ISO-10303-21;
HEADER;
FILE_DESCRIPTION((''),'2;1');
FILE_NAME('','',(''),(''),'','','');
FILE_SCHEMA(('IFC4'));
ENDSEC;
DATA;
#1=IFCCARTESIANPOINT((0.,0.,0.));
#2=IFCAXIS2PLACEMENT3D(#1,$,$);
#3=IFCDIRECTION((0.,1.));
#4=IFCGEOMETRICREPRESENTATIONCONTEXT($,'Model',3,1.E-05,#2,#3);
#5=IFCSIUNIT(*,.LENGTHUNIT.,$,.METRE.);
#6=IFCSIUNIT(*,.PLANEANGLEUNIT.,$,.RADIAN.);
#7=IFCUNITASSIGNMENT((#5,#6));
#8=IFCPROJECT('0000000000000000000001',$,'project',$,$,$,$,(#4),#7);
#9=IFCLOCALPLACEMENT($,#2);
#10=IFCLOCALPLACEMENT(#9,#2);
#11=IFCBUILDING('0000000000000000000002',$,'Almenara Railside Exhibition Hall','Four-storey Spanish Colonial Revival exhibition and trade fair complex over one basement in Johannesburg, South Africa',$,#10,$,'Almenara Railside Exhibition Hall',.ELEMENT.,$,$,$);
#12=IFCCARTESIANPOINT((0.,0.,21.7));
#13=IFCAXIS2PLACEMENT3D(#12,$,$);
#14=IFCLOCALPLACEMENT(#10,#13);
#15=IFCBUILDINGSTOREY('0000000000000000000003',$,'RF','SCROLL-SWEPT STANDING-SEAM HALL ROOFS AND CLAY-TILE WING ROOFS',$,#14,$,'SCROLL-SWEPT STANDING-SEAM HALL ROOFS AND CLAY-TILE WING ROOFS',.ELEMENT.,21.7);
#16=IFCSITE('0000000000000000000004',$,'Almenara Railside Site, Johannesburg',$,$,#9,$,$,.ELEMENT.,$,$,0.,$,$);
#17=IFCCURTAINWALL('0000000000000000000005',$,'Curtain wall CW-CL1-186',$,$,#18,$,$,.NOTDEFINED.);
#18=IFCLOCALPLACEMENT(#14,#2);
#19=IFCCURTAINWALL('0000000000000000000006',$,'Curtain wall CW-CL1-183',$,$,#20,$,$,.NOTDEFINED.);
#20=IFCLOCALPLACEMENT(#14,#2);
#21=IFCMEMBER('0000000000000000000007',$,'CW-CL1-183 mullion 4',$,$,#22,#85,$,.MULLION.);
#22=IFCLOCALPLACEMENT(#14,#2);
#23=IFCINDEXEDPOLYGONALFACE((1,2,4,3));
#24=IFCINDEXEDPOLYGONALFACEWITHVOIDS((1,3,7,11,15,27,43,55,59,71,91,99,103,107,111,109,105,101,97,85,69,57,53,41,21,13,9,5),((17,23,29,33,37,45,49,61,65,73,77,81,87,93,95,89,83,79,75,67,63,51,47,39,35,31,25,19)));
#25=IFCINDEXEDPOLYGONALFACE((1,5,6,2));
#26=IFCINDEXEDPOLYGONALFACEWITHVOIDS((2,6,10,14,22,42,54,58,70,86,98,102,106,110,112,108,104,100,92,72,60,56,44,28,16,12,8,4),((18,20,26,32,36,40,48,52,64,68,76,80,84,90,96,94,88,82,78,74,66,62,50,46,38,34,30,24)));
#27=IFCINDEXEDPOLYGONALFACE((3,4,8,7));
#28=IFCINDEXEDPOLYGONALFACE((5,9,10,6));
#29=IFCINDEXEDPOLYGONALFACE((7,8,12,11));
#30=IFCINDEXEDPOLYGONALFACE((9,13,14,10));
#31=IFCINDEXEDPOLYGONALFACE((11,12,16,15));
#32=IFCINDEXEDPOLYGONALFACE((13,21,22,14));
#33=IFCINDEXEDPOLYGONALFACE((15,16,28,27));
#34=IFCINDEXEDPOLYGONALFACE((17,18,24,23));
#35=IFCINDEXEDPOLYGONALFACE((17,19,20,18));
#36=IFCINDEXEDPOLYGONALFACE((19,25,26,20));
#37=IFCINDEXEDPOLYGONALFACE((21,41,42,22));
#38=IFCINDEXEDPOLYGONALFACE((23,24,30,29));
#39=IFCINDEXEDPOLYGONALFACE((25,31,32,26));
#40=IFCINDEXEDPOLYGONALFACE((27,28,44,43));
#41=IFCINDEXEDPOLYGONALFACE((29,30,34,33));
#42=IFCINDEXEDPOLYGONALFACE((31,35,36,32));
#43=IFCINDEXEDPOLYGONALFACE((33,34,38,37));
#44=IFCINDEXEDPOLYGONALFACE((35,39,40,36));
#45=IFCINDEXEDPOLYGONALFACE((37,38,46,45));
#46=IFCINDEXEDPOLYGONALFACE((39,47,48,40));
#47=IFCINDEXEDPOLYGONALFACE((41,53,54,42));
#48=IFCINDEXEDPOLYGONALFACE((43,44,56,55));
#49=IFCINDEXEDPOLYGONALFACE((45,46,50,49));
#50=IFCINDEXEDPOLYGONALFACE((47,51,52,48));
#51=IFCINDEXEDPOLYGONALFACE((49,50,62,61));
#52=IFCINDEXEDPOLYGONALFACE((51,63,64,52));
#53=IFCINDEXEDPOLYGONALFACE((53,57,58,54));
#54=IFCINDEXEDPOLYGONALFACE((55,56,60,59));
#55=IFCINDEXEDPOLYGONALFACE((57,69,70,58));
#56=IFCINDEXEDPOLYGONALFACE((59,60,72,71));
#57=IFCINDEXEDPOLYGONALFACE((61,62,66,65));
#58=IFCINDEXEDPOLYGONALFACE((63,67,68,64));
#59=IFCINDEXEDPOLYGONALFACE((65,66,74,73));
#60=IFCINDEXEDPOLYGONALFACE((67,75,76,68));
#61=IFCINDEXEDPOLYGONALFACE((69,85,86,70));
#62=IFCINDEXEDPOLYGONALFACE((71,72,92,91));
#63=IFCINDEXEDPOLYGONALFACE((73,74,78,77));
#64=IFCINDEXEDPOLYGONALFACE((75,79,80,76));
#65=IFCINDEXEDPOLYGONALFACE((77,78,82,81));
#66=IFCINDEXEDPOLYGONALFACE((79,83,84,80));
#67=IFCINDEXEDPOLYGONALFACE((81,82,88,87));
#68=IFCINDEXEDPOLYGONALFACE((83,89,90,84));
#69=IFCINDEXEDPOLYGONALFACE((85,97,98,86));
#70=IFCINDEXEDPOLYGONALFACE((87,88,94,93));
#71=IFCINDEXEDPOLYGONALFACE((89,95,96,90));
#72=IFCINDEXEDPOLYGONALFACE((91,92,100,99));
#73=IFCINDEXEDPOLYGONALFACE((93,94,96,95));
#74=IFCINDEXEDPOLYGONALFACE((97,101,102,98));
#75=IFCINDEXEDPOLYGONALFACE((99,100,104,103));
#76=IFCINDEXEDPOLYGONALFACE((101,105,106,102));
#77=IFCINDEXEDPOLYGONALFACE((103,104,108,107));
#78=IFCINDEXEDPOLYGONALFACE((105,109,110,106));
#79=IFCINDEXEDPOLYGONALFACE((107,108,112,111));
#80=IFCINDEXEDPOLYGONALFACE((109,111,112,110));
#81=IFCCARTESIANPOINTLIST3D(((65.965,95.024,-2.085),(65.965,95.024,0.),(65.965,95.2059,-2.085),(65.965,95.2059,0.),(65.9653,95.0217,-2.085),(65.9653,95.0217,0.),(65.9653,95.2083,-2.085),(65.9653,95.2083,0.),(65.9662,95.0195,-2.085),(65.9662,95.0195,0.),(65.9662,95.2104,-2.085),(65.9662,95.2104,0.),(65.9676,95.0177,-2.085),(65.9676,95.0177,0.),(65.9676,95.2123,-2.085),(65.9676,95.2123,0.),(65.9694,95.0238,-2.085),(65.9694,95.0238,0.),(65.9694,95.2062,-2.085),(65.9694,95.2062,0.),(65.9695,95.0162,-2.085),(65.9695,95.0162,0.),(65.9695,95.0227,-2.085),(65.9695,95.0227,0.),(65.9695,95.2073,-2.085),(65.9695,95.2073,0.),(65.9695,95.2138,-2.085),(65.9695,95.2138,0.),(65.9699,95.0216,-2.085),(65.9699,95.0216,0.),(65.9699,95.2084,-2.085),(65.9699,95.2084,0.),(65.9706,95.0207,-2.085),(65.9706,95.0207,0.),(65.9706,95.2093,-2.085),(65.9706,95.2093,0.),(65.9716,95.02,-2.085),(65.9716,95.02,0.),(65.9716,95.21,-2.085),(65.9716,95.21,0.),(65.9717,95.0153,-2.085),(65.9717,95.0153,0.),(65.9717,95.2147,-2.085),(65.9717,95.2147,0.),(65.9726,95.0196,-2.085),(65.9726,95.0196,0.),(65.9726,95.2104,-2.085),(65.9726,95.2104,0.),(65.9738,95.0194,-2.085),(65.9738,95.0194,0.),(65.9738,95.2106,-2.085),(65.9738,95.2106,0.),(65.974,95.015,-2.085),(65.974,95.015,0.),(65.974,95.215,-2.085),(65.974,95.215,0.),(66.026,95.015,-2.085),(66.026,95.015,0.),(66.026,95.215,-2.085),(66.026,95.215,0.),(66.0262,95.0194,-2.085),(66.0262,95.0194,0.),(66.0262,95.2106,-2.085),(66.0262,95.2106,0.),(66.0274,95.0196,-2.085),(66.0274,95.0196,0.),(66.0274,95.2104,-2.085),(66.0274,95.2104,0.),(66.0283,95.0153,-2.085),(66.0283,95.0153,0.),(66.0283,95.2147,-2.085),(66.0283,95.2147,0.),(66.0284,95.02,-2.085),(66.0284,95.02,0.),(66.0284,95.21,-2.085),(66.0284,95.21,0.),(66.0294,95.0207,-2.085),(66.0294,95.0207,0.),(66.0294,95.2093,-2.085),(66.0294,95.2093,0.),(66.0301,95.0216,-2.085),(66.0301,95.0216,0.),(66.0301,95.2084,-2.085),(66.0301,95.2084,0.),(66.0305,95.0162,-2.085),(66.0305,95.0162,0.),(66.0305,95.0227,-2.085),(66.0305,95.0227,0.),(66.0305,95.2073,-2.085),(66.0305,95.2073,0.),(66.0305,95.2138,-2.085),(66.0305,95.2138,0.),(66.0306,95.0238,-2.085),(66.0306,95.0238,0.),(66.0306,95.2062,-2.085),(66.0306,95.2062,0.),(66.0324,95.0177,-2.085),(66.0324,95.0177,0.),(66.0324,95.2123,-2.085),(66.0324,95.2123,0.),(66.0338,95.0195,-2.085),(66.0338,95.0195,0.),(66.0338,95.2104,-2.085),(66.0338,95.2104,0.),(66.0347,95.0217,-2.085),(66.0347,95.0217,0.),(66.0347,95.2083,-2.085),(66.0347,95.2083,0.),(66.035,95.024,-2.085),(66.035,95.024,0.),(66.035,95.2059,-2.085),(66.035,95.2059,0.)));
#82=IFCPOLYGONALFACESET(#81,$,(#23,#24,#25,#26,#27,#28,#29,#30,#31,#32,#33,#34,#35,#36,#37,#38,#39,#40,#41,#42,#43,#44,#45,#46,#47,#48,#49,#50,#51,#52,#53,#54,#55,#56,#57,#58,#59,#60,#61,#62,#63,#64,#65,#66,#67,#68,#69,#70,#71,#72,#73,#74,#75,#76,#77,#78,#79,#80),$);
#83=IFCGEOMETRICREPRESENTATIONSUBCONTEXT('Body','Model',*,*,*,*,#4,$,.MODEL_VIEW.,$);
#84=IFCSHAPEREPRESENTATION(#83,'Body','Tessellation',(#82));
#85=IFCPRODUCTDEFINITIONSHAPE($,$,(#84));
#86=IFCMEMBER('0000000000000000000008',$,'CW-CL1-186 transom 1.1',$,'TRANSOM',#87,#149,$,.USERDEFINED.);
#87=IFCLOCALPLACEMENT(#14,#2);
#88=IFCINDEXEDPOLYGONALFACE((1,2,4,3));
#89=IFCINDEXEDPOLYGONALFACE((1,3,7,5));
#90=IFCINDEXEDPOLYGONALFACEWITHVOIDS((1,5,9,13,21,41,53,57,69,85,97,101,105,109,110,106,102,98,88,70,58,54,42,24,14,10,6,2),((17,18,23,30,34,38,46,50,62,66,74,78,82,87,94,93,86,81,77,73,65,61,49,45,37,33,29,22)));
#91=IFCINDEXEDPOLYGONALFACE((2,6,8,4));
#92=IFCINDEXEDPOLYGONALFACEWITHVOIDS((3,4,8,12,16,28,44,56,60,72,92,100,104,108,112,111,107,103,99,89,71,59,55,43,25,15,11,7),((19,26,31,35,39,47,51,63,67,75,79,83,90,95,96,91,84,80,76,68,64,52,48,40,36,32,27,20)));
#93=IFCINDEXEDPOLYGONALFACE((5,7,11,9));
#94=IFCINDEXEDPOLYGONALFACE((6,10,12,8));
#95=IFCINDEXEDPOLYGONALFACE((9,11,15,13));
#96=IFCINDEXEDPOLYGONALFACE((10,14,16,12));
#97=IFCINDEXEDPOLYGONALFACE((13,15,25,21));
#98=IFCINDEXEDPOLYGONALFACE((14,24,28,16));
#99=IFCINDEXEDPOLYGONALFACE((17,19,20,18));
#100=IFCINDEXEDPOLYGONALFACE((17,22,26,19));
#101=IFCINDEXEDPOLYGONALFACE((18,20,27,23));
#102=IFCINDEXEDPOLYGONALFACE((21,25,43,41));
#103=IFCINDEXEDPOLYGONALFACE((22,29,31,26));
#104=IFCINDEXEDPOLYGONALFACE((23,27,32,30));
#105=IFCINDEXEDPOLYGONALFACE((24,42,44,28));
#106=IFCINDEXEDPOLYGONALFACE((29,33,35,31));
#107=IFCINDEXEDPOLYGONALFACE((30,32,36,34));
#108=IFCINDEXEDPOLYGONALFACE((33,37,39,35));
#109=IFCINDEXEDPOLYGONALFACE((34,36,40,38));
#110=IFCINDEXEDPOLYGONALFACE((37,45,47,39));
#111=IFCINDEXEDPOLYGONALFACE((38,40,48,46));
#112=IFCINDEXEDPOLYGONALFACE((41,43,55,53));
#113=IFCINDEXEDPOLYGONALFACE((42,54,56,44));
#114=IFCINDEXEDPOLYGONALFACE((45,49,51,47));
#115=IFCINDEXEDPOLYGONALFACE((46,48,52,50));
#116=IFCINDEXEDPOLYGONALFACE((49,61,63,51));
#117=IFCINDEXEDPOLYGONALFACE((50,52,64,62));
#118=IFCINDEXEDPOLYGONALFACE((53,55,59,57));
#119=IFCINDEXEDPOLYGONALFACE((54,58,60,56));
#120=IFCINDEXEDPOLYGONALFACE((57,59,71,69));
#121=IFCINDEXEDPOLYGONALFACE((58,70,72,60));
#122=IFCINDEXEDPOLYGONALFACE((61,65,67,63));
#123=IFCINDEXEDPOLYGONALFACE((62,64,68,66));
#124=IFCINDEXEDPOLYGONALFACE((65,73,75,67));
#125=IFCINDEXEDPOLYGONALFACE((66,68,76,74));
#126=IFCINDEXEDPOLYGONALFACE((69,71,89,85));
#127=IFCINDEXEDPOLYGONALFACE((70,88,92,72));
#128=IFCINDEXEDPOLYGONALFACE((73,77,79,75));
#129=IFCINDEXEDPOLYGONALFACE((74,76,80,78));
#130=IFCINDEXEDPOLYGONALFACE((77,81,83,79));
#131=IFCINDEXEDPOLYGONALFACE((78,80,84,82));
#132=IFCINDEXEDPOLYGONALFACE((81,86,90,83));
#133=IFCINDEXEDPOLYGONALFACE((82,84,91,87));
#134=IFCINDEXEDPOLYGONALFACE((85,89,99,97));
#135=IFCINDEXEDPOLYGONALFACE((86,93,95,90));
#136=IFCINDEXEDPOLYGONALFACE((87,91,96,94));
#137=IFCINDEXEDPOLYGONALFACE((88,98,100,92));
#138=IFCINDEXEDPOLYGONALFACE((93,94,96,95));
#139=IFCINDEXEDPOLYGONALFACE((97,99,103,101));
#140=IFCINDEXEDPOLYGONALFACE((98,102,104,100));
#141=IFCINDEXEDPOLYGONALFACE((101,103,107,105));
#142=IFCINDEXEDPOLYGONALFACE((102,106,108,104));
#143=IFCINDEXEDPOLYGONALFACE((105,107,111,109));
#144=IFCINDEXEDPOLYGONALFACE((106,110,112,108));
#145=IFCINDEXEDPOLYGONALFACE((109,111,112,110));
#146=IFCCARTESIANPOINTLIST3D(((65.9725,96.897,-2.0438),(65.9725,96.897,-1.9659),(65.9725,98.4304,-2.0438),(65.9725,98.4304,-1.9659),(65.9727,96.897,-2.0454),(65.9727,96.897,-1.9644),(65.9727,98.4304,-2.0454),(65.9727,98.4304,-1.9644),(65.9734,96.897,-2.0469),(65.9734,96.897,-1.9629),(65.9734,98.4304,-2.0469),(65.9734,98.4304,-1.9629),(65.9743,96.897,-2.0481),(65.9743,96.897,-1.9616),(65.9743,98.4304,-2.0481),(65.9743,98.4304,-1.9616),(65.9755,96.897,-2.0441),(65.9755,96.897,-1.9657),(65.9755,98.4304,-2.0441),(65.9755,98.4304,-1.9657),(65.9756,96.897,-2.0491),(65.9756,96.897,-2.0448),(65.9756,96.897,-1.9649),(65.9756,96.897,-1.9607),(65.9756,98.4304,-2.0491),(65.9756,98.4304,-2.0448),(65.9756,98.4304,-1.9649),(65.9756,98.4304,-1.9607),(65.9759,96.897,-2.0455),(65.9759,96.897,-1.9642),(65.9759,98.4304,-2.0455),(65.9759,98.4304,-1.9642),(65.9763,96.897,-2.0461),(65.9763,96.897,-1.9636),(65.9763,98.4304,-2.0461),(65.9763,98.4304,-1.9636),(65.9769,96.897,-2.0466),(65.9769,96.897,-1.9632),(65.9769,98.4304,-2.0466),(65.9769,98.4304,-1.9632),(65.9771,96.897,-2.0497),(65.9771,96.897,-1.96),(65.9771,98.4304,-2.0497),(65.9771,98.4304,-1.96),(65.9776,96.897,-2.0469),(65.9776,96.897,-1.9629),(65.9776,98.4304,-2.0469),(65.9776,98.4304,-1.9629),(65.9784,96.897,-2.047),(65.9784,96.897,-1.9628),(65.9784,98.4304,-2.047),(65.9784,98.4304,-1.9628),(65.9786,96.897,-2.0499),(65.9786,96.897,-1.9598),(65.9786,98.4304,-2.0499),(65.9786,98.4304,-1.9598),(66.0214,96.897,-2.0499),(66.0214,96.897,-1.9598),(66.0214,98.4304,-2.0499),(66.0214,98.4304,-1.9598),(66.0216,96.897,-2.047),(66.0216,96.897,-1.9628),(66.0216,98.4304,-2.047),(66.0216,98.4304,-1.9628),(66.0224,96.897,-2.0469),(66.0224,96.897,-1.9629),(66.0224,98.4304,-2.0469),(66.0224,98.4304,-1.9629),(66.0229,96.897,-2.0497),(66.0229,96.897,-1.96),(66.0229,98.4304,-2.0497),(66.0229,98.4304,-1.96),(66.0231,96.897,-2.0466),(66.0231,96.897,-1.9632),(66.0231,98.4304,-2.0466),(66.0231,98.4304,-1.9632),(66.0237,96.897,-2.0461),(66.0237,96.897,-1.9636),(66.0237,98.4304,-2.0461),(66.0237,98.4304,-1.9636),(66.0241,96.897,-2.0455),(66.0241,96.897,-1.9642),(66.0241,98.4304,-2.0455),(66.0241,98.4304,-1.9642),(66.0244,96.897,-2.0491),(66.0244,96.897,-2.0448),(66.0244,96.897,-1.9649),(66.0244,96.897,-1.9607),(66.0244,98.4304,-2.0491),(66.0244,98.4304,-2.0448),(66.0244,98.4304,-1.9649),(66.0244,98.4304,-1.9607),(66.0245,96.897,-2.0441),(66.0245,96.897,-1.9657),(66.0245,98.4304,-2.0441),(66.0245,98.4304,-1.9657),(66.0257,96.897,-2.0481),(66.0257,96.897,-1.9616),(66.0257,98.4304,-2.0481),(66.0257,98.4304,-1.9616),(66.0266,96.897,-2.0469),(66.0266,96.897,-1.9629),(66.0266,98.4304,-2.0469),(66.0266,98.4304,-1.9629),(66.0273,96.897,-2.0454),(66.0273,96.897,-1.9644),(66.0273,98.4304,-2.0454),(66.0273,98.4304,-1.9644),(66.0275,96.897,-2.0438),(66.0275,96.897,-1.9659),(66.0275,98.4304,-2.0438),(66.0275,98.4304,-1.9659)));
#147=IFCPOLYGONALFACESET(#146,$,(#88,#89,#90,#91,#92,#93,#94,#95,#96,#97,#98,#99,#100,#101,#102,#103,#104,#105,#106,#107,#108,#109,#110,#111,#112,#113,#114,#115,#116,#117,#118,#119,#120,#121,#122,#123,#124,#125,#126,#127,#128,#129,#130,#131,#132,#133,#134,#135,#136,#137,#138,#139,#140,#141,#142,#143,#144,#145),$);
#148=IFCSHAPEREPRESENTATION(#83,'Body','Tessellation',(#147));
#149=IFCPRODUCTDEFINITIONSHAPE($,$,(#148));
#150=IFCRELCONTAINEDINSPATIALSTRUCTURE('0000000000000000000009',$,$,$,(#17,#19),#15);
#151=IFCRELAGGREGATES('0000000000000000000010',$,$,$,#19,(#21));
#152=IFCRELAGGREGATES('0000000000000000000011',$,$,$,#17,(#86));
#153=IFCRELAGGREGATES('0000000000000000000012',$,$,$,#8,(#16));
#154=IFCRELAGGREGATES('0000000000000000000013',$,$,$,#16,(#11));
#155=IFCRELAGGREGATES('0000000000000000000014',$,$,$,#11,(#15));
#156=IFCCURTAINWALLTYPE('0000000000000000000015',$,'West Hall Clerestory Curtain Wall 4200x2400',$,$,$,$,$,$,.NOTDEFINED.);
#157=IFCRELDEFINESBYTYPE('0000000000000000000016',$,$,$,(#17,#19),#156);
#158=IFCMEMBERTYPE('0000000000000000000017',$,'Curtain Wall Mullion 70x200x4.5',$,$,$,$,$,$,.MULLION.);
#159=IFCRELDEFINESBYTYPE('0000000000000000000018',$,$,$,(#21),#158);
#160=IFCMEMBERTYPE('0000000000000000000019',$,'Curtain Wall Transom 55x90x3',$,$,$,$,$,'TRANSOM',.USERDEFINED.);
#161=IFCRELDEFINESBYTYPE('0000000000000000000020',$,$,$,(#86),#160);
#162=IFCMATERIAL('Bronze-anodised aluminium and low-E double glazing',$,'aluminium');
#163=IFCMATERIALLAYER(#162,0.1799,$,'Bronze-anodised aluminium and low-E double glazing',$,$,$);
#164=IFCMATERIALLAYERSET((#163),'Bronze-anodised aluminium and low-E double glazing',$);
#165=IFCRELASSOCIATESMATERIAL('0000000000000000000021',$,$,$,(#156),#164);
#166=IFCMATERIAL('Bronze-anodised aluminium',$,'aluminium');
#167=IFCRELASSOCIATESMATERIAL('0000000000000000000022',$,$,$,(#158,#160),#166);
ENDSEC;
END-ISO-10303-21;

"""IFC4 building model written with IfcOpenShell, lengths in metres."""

from ifc_helpers import new_model, si_unit, direction, frame, origin, origin_2d, place, context, subcontext, project, spatial, hollow_rectangle, extrude, material, layer, layer_set, material_profile, profile_set, type_object, element, aggregate, save


model = new_model("IFC4")

# Units and contexts
model_context = context("Model", 3, precision=1e-05, world=origin(), true_north=direction((0.0, 1.0)))
body_context = subcontext(model_context, "Body", "Model", "MODEL_VIEW")
ifc_project = project(units=[si_unit("LENGTHUNIT", "METRE"), si_unit("PLANEANGLEUNIT", "RADIAN")], contexts=[model_context])

# Site, building, storey
site_placement = place(None, origin())
site = spatial("IfcSite", under=ifc_project, at=site_placement, Name="Almenara Railside Site, Johannesburg", CompositionType="ELEMENT", RefElevation=0.0)
building_placement = place(site_placement, origin())
building = spatial("IfcBuilding", under=site, at=building_placement, Name="Almenara Railside Exhibition Hall", Description="Four-storey Spanish Colonial Revival exhibition and trade fair complex over one basement in Johannesburg, South Africa", LongName="Almenara Railside Exhibition Hall", CompositionType="ELEMENT")
storey_placement = place(building_placement, frame((0.0, 0.0, 21.7)))
storey = spatial("IfcBuildingStorey", under=building, at=storey_placement, Name="RF", Description="SCROLL-SWEPT STANDING-SEAM HALL ROOFS AND CLAY-TILE WING ROOFS", LongName="SCROLL-SWEPT STANDING-SEAM HALL ROOFS AND CLAY-TILE WING ROOFS", CompositionType="ELEMENT", Elevation=21.7)

# Curtain walls, member
ifc_material_1 = material(Name="Bronze-anodised aluminium and low-E double glazing", Category="aluminium")
ifc_layer_1 = layer(ifc_material_1, 0.1799, Name="Bronze-anodised aluminium and low-E double glazing")
ifc_layer_set_1 = layer_set([ifc_layer_1], Name="Bronze-anodised aluminium and low-E double glazing")
curtain_wall_type = type_object("IfcCurtainWallType", Name="West Hall Clerestory Curtain Wall 4200x2400", PredefinedType="NOTDEFINED", material=ifc_layer_set_1)
curtain_wall_1_placement = place(storey_placement, origin())
curtain_wall_1 = element("IfcCurtainWall", 1, at=curtain_wall_1_placement, inside=storey, type_object=curtain_wall_type, Name="Curtain wall CW-CL1-186", PredefinedType="NOTDEFINED")
ifc_material_2 = material(Name="Bronze-anodised aluminium", Category="aluminium")
curtain_wall_2_placement = place(storey_placement, origin())
curtain_wall_2 = element("IfcCurtainWall", 2, at=curtain_wall_2_placement, inside=storey, type_object=curtain_wall_type, Name="Curtain wall CW-CL1-183", PredefinedType="NOTDEFINED")
ifc_material_profile_1 = material_profile(ifc_material_2, hollow_rectangle(XDim=0.0701, YDim=0.2, WallThickness=0.0044, InnerFilletRadius=0.0044, OuterFilletRadius=0.009, at=origin_2d()), Name="ALU-MUL 70x200x4.5")
ifc_profile_set_1 = profile_set([ifc_material_profile_1], Name="Bronze-anodised aluminium")
member_type_1 = type_object("IfcMemberType", Name="Curtain Wall Mullion 70x200x4.5", PredefinedType="MULLION", material=ifc_profile_set_1)
member_1_placement = place(storey_placement, frame((66.0, 95.115, -2.085), z_axis=(0.0, 0.0, 1.0), x_axis=(-1.0, 0.0, 0.0)))
member_1 = element("IfcMember", 3, at=member_1_placement, type_object=member_type_1, Name="CW-CL1-183 mullion 4", PredefinedType="MULLION", context=body_context, shape_type="SweptSolid", body=[
    extrude(hollow_rectangle(XDim=0.0701, YDim=0.2, WallThickness=0.0044, InnerFilletRadius=0.0044, OuterFilletRadius=0.009, at=origin_2d()), origin(), (0.0, 0.0, 1.0), 2.085),
])

# Member
ifc_material_profile_2 = material_profile(ifc_material_2, hollow_rectangle(XDim=0.0549, YDim=0.0901, WallThickness=0.0029, InnerFilletRadius=0.0029, OuterFilletRadius=0.0061, at=origin_2d()), Name="ALU-TRN 55x90x3")
ifc_profile_set_2 = profile_set([ifc_material_profile_2], Name="Bronze-anodised aluminium")
member_type_2 = type_object("IfcMemberType", Name="Curtain Wall Transom 55x90x3", ElementType="TRANSOM", PredefinedType="USERDEFINED", material=ifc_profile_set_2)
member_2_placement = place(storey_placement, frame((66.0, 96.897, -2.0049), z_axis=(0.0, 1.0, 0.0), x_axis=(-1.0, 0.0, 0.0)))
member_2 = element("IfcMember", 4, at=member_2_placement, type_object=member_type_2, Name="CW-CL1-186 transom 1.1", ObjectType="TRANSOM", PredefinedType="USERDEFINED", context=body_context, shape_type="SweptSolid", body=[
    extrude(hollow_rectangle(XDim=0.0549, YDim=0.0901, WallThickness=0.0029, InnerFilletRadius=0.0029, OuterFilletRadius=0.0061, at=origin_2d()), origin(), (0.0, 0.0, 1.0), 1.5334),
])

aggregate(curtain_wall_2, [member_1])
aggregate(curtain_wall_1, [member_2])

save(model, "model.ifc")
